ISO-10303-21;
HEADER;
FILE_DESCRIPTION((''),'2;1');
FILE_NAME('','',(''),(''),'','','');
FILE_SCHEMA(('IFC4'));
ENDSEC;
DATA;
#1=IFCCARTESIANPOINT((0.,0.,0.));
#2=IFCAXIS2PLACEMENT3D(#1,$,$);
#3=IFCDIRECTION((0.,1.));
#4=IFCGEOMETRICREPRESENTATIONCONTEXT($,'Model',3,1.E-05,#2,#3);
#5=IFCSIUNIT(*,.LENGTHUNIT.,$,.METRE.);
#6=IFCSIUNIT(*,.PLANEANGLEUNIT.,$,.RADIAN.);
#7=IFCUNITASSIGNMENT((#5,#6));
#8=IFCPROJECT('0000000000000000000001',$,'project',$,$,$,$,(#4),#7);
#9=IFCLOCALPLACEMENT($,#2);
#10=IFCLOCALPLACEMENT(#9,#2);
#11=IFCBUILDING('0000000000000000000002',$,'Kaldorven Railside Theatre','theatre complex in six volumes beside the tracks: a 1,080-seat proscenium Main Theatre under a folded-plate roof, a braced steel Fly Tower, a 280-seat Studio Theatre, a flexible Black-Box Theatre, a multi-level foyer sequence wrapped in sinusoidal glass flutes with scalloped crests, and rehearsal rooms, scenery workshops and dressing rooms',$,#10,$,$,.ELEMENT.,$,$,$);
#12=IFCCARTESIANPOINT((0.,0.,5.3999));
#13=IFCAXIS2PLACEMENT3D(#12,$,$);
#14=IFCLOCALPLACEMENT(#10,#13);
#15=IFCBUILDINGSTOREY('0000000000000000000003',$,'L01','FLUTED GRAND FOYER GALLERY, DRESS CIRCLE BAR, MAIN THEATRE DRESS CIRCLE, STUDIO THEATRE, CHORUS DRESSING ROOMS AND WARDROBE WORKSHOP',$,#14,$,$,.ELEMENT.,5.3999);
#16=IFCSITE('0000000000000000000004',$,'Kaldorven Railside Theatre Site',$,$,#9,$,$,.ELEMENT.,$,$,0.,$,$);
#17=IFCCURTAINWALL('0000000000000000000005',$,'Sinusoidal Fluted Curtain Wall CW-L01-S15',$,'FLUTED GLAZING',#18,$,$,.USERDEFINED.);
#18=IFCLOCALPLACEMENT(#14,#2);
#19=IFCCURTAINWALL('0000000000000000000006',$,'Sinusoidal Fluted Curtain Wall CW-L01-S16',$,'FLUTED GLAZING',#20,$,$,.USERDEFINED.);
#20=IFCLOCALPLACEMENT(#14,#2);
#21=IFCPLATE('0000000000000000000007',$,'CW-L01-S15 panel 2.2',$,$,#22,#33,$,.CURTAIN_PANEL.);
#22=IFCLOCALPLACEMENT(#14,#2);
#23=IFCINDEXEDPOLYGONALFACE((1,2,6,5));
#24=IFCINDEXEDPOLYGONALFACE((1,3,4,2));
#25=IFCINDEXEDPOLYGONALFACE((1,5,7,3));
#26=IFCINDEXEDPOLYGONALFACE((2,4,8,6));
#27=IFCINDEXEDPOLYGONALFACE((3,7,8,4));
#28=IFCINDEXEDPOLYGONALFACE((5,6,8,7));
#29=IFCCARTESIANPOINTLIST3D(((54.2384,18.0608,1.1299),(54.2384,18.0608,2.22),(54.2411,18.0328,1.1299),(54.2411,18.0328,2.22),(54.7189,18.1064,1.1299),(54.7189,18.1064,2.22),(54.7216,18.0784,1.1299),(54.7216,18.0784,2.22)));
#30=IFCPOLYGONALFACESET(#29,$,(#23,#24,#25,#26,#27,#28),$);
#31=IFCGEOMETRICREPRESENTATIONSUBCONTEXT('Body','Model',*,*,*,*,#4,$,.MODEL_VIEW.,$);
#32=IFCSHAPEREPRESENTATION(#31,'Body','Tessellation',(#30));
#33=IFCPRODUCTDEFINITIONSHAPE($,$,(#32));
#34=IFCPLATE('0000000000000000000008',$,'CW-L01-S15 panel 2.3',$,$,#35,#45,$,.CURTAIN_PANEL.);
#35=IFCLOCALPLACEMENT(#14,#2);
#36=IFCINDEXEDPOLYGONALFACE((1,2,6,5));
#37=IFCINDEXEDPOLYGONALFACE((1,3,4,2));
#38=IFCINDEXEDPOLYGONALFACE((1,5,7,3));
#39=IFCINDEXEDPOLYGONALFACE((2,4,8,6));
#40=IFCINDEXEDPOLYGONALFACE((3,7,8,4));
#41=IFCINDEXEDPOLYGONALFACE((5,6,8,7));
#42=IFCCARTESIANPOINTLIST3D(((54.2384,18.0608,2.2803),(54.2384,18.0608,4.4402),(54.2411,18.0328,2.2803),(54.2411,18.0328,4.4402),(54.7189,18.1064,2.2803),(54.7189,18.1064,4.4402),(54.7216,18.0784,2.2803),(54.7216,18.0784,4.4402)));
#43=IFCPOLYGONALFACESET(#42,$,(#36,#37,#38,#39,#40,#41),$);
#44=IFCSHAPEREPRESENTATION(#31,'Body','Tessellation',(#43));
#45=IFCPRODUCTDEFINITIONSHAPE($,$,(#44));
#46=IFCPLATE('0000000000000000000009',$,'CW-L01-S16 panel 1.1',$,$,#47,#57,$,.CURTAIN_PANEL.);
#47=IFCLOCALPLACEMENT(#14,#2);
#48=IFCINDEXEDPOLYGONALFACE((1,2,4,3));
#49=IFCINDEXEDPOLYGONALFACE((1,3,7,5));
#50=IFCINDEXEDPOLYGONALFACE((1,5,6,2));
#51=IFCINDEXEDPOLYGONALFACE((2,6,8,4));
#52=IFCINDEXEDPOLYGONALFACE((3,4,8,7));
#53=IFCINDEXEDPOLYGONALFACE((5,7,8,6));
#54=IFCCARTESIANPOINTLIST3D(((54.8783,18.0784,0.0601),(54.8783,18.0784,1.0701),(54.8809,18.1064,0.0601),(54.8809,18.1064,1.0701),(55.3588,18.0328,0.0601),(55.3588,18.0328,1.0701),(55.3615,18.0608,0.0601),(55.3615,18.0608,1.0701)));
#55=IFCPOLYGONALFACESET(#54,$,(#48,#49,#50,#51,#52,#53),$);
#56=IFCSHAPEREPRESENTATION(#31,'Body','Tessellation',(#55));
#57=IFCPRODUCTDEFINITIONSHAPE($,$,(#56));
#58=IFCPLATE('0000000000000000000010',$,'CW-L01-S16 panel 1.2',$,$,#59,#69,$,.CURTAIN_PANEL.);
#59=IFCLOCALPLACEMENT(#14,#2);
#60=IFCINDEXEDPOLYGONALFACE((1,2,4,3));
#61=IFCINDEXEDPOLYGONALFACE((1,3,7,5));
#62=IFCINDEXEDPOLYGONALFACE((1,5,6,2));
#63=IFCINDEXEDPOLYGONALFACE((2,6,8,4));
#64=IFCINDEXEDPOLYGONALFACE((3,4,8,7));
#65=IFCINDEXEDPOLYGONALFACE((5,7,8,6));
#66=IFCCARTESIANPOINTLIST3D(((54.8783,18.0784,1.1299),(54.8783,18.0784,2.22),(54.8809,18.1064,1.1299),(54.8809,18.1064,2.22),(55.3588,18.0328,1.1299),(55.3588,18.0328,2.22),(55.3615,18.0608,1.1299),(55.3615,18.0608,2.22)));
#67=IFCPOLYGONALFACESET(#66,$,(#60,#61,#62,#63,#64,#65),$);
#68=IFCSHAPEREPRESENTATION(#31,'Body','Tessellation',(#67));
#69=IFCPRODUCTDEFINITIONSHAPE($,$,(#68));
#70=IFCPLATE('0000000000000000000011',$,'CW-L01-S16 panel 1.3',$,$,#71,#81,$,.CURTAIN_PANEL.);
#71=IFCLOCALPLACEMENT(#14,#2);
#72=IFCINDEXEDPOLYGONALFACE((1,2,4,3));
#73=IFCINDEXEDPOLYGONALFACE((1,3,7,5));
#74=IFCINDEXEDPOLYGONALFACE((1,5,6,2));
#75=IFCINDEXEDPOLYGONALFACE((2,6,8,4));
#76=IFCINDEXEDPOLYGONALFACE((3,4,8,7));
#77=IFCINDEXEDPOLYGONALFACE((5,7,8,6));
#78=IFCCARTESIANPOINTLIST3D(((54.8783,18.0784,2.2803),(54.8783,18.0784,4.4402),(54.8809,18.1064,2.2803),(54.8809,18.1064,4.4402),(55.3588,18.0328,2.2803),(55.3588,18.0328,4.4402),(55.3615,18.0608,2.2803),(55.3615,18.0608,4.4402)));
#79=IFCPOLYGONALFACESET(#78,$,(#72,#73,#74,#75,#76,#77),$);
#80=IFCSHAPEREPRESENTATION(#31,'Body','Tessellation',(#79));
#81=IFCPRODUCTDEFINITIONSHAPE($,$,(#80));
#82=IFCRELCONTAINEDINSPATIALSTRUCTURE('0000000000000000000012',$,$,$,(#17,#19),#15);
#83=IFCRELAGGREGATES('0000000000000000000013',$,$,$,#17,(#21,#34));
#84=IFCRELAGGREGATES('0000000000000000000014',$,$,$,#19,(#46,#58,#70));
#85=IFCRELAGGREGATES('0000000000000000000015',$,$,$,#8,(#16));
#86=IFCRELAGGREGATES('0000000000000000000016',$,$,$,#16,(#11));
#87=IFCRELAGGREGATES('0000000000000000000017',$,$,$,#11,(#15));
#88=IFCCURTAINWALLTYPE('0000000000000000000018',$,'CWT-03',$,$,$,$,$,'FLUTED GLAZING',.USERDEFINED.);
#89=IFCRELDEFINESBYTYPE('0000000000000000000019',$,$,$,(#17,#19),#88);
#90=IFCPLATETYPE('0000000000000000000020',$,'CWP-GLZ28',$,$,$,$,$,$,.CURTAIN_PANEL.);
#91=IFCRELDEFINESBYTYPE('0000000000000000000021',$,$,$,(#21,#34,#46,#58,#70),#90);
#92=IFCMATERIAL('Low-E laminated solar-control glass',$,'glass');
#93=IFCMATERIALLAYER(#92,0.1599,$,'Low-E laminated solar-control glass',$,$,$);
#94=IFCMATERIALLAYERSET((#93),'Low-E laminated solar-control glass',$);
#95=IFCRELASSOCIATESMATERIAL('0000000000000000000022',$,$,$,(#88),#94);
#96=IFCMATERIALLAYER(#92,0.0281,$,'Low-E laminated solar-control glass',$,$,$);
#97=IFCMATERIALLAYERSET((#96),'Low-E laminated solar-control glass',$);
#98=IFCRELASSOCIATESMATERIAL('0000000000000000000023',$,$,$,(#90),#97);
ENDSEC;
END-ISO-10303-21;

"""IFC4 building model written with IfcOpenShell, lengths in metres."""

from ifc_helpers import new_model, si_unit, direction, frame, origin, origin_2d, place, context, subcontext, project, spatial, rectangle, extrude, material, layer, layer_set, type_object, element, aggregate, save


model = new_model("IFC4")

# Units and contexts
model_context = context("Model", 3, precision=1e-05, world=origin(), true_north=direction((0.0, 1.0)))
body_context = subcontext(model_context, "Body", "Model", "MODEL_VIEW")
ifc_project = project(units=[si_unit("LENGTHUNIT", "METRE"), si_unit("PLANEANGLEUNIT", "RADIAN")], contexts=[model_context])

# Site, building, storey
site_placement = place(None, origin())
site = spatial("IfcSite", under=ifc_project, at=site_placement, Name="Kaldorven Railside Theatre Site", CompositionType="ELEMENT", RefElevation=0.0)
building_placement = place(site_placement, origin())
building = spatial("IfcBuilding", under=site, at=building_placement, Name="Kaldorven Railside Theatre", Description="theatre complex in six volumes beside the tracks: a 1,080-seat proscenium Main Theatre under a folded-plate roof, a braced steel Fly Tower, a 280-seat Studio Theatre, a flexible Black-Box Theatre, a multi-level foyer sequence wrapped in sinusoidal glass flutes with scalloped crests, and rehearsal rooms, scenery workshops and dressing rooms", CompositionType="ELEMENT")
storey_placement = place(building_placement, frame((0.0, 0.0, 5.3999)))
storey = spatial("IfcBuildingStorey", under=building, at=storey_placement, Name="L01", Description="FLUTED GRAND FOYER GALLERY, DRESS CIRCLE BAR, MAIN THEATRE DRESS CIRCLE, STUDIO THEATRE, CHORUS DRESSING ROOMS AND WARDROBE WORKSHOP", CompositionType="ELEMENT", Elevation=5.3999)

# Curtain walls
ifc_material_1 = material(Name="Low-E laminated solar-control glass", Category="glass")
ifc_layer_1 = layer(ifc_material_1, 0.1599, Name="Low-E laminated solar-control glass")
ifc_layer_set_1 = layer_set([ifc_layer_1], Name="Low-E laminated solar-control glass")
curtain_wall_type = type_object("IfcCurtainWallType", Name="CWT-03", ElementType="FLUTED GLAZING", PredefinedType="USERDEFINED", material=ifc_layer_set_1)
curtain_wall_1_placement = place(storey_placement, origin())
curtain_wall_1 = element("IfcCurtainWall", 1, at=curtain_wall_1_placement, inside=storey, type_object=curtain_wall_type, Name="Sinusoidal Fluted Curtain Wall CW-L01-S15", ObjectType="FLUTED GLAZING", PredefinedType="USERDEFINED")
curtain_wall_2_placement = place(storey_placement, origin())
curtain_wall_2 = element("IfcCurtainWall", 2, at=curtain_wall_2_placement, inside=storey, type_object=curtain_wall_type, Name="Sinusoidal Fluted Curtain Wall CW-L01-S16", ObjectType="FLUTED GLAZING", PredefinedType="USERDEFINED")

# Plates
ifc_layer_2 = layer(ifc_material_1, 0.0281, Name="Low-E laminated solar-control glass")
ifc_layer_set_2 = layer_set([ifc_layer_2], Name="Low-E laminated solar-control glass")
plate_type = type_object("IfcPlateType", Name="CWP-GLZ28", PredefinedType="CURTAIN_PANEL", material=ifc_layer_set_2)
plate_1_placement = place(storey_placement, frame((54.48, 18.0696, 1.1299), z_axis=(0.0, 0.0, 1.0), x_axis=(0.995526, 0.094492, 0.0)))
plate_1 = element("IfcPlate", 3, at=plate_1_placement, type_object=plate_type, Name="CW-L01-S15 panel 2.2", PredefinedType="CURTAIN_PANEL", context=body_context, shape_type="SweptSolid", body=[
    extrude(rectangle(XDim=0.4827, YDim=0.0281, at=origin_2d()), origin(), (0.0, 0.0, 1.0), 1.0901),
])
plate_2_placement = place(storey_placement, frame((54.48, 18.0696, 2.2803), z_axis=(0.0, 0.0, 1.0), x_axis=(0.995526, 0.094492, 0.0)))
plate_2 = element("IfcPlate", 4, at=plate_2_placement, type_object=plate_type, Name="CW-L01-S15 panel 2.3", PredefinedType="CURTAIN_PANEL", context=body_context, shape_type="SweptSolid", body=[
    extrude(rectangle(XDim=0.4827, YDim=0.0281, at=origin_2d()), origin(), (0.0, 0.0, 1.0), 2.1599),
])
aggregate(curtain_wall_1, [plate_1, plate_2])
plate_3_placement = place(storey_placement, frame((55.1199, 18.0696, 0.0601), z_axis=(0.0, 0.0, 1.0), x_axis=(0.995526, -0.094492, 0.0)))
plate_3 = element("IfcPlate", 5, at=plate_3_placement, type_object=plate_type, Name="CW-L01-S16 panel 1.1", PredefinedType="CURTAIN_PANEL", context=body_context, shape_type="SweptSolid", body=[
    extrude(rectangle(XDim=0.4827, YDim=0.0281, at=origin_2d()), origin(), (0.0, 0.0, 1.0), 1.01),
])
plate_4_placement = place(storey_placement, frame((55.1199, 18.0696, 1.1299), z_axis=(0.0, 0.0, 1.0), x_axis=(0.995526, -0.094492, 0.0)))
plate_4 = element("IfcPlate", 6, at=plate_4_placement, type_object=plate_type, Name="CW-L01-S16 panel 1.2", PredefinedType="CURTAIN_PANEL", context=body_context, shape_type="SweptSolid", body=[
    extrude(rectangle(XDim=0.4827, YDim=0.0281, at=origin_2d()), origin(), (0.0, 0.0, 1.0), 1.0901),
])
plate_5_placement = place(storey_placement, frame((55.1199, 18.0696, 2.2803), z_axis=(0.0, 0.0, 1.0), x_axis=(0.995526, -0.094492, 0.0)))
plate_5 = element("IfcPlate", 7, at=plate_5_placement, type_object=plate_type, Name="CW-L01-S16 panel 1.3", PredefinedType="CURTAIN_PANEL", context=body_context, shape_type="SweptSolid", body=[
    extrude(rectangle(XDim=0.4827, YDim=0.0281, at=origin_2d()), origin(), (0.0, 0.0, 1.0), 2.1599),
])
aggregate(curtain_wall_2, [plate_3, plate_4, plate_5])

save(model, "model.ifc")
